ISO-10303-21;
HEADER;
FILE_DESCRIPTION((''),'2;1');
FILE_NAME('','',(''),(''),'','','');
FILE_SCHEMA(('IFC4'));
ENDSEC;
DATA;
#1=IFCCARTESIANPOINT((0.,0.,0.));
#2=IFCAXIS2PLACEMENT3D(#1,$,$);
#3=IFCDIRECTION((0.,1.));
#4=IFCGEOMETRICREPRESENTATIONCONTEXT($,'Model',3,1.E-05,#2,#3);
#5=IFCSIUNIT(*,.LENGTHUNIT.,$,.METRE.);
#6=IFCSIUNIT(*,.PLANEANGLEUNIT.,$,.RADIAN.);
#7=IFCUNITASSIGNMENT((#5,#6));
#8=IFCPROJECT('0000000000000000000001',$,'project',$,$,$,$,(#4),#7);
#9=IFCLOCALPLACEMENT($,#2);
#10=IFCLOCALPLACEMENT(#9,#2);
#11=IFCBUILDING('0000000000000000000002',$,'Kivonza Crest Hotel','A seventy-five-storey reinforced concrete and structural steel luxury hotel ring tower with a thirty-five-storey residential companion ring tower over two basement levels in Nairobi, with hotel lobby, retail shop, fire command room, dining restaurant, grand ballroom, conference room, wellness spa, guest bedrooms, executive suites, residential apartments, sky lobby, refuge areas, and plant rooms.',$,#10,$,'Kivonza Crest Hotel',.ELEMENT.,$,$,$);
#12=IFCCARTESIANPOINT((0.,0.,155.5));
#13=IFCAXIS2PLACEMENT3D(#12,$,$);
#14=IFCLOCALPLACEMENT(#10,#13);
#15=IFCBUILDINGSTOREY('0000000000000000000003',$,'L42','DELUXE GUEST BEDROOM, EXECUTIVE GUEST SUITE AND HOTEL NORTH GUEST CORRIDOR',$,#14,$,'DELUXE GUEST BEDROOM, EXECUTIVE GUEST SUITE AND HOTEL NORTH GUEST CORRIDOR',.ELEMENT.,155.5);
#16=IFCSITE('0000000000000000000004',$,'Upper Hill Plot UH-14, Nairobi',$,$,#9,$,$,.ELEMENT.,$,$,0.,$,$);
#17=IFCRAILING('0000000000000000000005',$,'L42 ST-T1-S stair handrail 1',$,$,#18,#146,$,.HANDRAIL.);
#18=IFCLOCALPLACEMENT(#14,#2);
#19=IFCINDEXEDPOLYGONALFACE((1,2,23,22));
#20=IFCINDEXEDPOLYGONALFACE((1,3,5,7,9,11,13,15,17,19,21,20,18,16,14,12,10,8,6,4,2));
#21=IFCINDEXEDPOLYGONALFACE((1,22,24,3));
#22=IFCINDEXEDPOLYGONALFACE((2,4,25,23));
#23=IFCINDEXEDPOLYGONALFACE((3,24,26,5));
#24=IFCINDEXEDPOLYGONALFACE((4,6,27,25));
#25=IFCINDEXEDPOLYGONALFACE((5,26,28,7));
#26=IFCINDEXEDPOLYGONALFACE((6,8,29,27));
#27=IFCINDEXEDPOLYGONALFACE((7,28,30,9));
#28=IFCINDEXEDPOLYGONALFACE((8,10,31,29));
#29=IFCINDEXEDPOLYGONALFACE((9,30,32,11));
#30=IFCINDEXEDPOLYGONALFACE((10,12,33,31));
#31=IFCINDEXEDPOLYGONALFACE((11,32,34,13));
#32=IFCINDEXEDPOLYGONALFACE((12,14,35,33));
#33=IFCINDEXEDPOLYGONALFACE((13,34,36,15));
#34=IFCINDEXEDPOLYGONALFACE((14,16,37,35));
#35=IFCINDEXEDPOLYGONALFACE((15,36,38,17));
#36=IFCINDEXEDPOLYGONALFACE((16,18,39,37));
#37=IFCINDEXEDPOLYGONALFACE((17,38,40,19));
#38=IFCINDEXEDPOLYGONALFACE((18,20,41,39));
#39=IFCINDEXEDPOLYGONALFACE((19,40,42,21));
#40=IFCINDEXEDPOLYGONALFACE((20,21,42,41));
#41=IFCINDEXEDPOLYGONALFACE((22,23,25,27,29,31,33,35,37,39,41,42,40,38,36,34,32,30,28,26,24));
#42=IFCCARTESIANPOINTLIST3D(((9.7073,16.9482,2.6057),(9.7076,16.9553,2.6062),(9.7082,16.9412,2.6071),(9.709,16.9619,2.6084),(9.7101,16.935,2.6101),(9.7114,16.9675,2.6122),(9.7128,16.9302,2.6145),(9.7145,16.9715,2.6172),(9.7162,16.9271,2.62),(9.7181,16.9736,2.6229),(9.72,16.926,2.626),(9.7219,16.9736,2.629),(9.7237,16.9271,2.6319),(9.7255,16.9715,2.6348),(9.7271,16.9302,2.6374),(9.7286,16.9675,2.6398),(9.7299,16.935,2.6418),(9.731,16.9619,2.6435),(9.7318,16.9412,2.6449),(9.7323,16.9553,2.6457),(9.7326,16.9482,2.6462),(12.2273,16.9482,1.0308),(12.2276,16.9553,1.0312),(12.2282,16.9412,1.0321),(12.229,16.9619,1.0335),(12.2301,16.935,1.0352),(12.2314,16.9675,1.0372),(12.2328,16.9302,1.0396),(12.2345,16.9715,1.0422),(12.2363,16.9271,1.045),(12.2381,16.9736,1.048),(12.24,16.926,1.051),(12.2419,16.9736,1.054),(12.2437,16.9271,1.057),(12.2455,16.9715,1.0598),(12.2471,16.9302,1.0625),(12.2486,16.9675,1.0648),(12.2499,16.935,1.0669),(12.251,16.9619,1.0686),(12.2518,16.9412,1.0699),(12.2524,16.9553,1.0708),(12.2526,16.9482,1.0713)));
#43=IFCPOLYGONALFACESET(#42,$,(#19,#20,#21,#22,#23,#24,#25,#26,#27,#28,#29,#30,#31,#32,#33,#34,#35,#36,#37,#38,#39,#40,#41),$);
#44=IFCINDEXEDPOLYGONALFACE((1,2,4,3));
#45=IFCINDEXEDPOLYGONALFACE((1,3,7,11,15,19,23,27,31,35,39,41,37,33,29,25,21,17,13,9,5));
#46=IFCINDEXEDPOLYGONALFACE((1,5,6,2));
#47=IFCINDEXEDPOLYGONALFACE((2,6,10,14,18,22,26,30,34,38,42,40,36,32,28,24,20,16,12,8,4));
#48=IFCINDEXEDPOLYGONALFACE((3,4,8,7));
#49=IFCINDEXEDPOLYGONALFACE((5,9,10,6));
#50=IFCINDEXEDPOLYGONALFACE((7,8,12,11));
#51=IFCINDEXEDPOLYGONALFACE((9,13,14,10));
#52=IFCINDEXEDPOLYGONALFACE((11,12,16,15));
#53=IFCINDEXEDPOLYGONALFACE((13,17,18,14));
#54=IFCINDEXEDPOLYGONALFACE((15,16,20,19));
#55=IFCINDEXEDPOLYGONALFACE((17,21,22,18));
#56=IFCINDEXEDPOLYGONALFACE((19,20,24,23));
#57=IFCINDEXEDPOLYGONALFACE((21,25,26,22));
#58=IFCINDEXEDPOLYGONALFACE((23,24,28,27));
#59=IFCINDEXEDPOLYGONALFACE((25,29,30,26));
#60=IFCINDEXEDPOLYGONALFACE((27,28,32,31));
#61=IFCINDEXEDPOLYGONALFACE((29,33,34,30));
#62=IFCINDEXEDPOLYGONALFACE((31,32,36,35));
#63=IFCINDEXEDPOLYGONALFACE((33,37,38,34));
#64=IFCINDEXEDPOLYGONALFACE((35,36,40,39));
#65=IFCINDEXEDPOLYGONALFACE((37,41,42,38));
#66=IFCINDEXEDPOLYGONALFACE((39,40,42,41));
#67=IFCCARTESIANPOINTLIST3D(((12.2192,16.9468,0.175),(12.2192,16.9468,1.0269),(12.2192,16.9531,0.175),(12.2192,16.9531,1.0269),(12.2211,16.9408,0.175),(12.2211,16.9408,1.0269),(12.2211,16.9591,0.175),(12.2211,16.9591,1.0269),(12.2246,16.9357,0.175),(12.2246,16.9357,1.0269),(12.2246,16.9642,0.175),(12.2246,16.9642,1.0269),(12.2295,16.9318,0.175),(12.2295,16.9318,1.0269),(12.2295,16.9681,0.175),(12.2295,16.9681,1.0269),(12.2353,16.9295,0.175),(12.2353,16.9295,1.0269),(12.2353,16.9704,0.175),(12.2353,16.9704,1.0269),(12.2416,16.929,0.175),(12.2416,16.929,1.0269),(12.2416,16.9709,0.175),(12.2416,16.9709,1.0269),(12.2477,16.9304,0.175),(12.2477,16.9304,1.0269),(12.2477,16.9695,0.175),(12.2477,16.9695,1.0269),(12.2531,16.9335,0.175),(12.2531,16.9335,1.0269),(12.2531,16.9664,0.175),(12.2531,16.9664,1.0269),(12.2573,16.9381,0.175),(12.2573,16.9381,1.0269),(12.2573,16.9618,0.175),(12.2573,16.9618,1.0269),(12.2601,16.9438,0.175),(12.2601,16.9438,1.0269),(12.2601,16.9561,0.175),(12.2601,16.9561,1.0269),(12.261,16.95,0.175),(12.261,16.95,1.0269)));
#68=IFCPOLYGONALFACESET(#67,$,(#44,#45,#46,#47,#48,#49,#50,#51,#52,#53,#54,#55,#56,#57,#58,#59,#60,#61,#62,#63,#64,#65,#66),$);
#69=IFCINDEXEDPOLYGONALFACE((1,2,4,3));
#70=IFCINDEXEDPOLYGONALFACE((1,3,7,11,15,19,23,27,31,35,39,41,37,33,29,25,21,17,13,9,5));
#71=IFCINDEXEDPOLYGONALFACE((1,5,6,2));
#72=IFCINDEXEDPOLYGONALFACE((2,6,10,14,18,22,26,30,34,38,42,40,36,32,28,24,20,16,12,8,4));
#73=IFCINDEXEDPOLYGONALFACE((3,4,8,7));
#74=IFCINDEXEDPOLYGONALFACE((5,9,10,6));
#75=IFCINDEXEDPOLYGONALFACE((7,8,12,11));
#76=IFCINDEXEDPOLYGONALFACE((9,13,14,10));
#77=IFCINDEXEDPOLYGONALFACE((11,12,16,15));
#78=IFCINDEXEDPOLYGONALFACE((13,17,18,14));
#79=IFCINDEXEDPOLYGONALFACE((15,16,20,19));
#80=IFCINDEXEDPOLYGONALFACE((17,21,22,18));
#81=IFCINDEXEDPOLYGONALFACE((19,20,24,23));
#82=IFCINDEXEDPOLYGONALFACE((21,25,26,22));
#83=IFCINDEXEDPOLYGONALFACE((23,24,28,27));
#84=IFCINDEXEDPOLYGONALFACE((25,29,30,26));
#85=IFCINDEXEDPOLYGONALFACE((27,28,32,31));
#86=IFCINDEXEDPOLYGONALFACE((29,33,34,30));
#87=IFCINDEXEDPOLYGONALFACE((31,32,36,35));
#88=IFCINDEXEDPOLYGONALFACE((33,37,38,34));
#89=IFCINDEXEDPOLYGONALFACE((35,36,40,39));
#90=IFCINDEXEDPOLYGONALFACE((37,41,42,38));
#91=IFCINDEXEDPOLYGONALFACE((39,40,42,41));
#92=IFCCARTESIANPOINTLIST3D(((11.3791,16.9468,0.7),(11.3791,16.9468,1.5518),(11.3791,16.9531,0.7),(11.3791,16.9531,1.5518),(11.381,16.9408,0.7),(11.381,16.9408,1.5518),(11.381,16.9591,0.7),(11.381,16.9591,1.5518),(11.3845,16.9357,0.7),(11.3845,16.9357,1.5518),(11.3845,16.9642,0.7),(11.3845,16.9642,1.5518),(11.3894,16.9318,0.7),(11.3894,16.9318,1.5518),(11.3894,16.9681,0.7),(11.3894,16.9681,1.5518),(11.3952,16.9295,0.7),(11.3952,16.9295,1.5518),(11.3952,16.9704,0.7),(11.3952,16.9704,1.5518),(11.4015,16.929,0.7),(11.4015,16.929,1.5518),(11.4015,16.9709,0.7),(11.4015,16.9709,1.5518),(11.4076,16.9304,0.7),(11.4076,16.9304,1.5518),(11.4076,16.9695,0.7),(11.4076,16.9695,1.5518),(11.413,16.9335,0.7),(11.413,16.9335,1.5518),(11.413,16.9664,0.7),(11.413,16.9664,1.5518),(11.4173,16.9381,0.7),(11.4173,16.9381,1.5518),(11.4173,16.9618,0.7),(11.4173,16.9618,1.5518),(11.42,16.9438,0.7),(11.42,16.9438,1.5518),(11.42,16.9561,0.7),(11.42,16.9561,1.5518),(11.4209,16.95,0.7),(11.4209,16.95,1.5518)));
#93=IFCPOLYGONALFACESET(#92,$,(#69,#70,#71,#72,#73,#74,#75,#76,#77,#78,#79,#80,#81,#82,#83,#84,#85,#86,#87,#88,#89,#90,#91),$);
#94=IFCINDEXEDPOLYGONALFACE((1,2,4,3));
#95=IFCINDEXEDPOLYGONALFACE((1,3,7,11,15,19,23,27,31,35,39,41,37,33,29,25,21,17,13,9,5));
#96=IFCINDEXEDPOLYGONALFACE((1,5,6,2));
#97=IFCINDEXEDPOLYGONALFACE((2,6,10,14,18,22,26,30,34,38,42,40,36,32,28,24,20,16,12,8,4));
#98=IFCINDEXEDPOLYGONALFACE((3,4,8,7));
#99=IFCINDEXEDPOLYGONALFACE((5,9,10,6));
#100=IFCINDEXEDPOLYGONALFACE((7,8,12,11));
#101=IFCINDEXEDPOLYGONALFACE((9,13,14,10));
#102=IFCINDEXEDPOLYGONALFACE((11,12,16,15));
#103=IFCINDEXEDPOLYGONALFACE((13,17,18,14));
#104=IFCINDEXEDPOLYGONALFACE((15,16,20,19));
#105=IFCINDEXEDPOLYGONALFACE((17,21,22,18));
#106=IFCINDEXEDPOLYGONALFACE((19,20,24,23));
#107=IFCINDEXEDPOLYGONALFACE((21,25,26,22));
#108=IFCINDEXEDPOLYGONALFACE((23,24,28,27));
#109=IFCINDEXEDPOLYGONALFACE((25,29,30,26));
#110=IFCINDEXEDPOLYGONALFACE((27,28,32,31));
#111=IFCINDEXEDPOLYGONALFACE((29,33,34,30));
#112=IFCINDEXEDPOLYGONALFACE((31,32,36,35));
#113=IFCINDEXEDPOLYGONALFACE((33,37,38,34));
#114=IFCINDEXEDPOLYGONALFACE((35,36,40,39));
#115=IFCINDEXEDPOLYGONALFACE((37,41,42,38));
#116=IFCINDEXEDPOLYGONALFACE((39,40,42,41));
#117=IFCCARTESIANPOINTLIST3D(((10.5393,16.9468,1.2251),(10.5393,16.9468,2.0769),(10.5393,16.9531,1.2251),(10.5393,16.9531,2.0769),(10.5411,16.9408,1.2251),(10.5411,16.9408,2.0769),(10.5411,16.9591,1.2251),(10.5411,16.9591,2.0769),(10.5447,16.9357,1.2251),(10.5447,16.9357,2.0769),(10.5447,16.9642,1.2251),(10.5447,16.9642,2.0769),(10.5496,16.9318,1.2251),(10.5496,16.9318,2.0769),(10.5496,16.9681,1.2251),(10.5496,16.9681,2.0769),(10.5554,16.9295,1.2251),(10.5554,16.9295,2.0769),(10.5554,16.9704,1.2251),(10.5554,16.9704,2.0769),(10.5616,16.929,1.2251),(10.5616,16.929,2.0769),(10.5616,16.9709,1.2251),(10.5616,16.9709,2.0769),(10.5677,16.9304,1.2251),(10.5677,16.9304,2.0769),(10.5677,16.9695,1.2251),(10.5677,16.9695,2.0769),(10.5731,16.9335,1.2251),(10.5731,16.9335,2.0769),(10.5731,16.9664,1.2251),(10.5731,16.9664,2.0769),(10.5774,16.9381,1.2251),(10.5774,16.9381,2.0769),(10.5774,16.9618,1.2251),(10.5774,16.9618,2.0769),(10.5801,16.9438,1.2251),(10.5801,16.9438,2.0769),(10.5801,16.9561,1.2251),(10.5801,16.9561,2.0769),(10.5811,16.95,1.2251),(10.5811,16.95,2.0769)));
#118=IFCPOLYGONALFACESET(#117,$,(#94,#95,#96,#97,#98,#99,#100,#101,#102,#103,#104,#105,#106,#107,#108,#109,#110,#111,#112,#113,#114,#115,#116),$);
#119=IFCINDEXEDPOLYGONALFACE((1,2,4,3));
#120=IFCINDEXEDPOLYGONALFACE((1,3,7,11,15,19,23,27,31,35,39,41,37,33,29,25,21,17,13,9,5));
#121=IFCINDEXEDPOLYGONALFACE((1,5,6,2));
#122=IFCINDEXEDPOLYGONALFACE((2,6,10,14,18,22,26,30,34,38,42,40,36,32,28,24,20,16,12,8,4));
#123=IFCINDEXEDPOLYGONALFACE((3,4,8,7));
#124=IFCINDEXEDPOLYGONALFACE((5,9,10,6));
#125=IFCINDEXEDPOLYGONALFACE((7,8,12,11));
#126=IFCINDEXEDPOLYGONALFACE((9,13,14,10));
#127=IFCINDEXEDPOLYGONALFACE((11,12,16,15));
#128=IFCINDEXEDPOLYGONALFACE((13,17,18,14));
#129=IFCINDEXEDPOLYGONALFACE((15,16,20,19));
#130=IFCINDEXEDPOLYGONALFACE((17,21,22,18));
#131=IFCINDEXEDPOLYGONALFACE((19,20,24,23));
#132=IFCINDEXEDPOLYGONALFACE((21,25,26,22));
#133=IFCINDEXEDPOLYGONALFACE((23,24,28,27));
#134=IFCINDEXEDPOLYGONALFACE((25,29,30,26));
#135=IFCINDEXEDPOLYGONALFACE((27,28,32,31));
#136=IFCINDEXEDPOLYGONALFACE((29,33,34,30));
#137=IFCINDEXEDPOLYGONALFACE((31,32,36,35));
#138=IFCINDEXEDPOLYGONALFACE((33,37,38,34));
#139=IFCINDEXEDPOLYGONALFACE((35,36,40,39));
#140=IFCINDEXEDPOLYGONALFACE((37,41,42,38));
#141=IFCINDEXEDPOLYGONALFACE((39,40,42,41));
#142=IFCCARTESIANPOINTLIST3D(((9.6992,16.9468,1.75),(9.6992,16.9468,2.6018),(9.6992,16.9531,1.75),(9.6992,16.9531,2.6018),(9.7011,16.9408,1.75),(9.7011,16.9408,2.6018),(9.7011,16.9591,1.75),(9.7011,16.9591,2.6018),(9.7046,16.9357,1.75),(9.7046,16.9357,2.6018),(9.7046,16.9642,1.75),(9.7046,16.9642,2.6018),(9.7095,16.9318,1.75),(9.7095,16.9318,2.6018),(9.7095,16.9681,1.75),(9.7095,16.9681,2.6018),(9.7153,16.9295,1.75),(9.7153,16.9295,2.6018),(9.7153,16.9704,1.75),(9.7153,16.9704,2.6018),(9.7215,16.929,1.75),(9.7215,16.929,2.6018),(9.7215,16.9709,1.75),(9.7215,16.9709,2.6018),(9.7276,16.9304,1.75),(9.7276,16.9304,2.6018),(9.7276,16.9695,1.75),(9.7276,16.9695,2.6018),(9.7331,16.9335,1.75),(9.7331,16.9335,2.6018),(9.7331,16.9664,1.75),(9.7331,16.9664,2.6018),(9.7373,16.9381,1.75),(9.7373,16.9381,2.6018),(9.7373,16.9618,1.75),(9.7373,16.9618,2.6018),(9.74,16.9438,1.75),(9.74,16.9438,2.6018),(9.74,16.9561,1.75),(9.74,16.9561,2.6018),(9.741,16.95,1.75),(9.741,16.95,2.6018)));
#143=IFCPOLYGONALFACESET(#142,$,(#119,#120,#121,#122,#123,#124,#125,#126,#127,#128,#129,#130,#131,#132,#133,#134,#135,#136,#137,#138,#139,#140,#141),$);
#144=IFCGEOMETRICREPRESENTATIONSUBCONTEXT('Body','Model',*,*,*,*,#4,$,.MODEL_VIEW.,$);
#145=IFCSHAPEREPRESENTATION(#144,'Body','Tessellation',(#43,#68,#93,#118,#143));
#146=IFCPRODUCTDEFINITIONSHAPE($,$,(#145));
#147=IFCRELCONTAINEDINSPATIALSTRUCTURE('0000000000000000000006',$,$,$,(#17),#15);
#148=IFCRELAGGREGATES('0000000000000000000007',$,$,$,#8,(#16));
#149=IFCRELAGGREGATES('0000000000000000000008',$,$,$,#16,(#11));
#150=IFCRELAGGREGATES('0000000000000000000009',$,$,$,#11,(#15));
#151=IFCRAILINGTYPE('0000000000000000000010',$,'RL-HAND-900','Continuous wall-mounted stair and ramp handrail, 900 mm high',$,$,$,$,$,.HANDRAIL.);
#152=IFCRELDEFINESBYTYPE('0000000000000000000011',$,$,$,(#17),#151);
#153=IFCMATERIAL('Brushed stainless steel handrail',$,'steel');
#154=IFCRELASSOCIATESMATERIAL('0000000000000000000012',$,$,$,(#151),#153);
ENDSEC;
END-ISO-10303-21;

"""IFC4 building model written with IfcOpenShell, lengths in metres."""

from ifc_helpers import new_model, si_unit, direction, frame, origin, origin_2d, place, context, subcontext, project, spatial, circle, extrude, material, type_object, element, save


model = new_model("IFC4")

# Units and contexts
model_context = context("Model", 3, precision=1e-05, world=origin(), true_north=direction((0.0, 1.0)))
body_context = subcontext(model_context, "Body", "Model", "MODEL_VIEW")
ifc_project = project(units=[si_unit("LENGTHUNIT", "METRE"), si_unit("PLANEANGLEUNIT", "RADIAN")], contexts=[model_context])

# Site, building, storey
site_placement = place(None, origin())
site = spatial("IfcSite", under=ifc_project, at=site_placement, Name="Upper Hill Plot UH-14, Nairobi", CompositionType="ELEMENT", RefElevation=0.0)
building_placement = place(site_placement, origin())
building = spatial("IfcBuilding", under=site, at=building_placement, Name="Kivonza Crest Hotel", Description="A seventy-five-storey reinforced concrete and structural steel luxury hotel ring tower with a thirty-five-storey residential companion ring tower over two basement levels in Nairobi, with hotel lobby, retail shop, fire command room, dining restaurant, grand ballroom, conference room, wellness spa, guest bedrooms, executive suites, residential apartments, sky lobby, refuge areas, and plant rooms.", LongName="Kivonza Crest Hotel", CompositionType="ELEMENT")
storey_placement = place(building_placement, frame((0.0, 0.0, 155.5)))
storey = spatial("IfcBuildingStorey", under=building, at=storey_placement, Name="L42", Description="DELUXE GUEST BEDROOM, EXECUTIVE GUEST SUITE AND HOTEL NORTH GUEST CORRIDOR", LongName="DELUXE GUEST BEDROOM, EXECUTIVE GUEST SUITE AND HOTEL NORTH GUEST CORRIDOR", CompositionType="ELEMENT", Elevation=155.5)

# Railing
ifc_material_1 = material(Name="Brushed stainless steel handrail", Category="steel")
railing_type_1 = type_object("IfcRailingType", Name="RL-HAND-900", Description="Continuous wall-mounted stair and ramp handrail, 900 mm high", PredefinedType="HANDRAIL", material=ifc_material_1)
railing_1_placement = place(storey_placement, frame((12.24, 16.95, 0.175)))
element("IfcRailing", 1, at=railing_1_placement, inside=storey, type_object=railing_type_1, Name="L42 ST-T1-S stair handrail 1", PredefinedType="HANDRAIL", context=body_context, shape_type="SweptSolid", body=[
    extrude(circle(Radius=0.0239, at=origin_2d()), frame((0.0, 0.0, 0.876), z_axis=(-0.848008, 0.0, 0.529984), x_axis=(0.0, -1.0, 0.0)), (0.0, 0.0, 1.0), 2.9717),
    extrude(circle(Radius=0.021, at=origin_2d()), origin(), (0.0, 0.0, 1.0), 0.8518),
    extrude(circle(Radius=0.021, at=origin_2d()), frame((-0.8401, 0.0, 0.5249)), (0.0, 0.0, 1.0), 0.8518),
    extrude(circle(Radius=0.021, at=origin_2d()), frame((-1.6799, 0.0, 1.05)), (0.0, 0.0, 1.0), 0.8518),
    extrude(circle(Radius=0.021, at=origin_2d()), frame((-2.52, 0.0, 1.575)), (0.0, 0.0, 1.0), 0.8518),
])

save(model, "model.ifc")
